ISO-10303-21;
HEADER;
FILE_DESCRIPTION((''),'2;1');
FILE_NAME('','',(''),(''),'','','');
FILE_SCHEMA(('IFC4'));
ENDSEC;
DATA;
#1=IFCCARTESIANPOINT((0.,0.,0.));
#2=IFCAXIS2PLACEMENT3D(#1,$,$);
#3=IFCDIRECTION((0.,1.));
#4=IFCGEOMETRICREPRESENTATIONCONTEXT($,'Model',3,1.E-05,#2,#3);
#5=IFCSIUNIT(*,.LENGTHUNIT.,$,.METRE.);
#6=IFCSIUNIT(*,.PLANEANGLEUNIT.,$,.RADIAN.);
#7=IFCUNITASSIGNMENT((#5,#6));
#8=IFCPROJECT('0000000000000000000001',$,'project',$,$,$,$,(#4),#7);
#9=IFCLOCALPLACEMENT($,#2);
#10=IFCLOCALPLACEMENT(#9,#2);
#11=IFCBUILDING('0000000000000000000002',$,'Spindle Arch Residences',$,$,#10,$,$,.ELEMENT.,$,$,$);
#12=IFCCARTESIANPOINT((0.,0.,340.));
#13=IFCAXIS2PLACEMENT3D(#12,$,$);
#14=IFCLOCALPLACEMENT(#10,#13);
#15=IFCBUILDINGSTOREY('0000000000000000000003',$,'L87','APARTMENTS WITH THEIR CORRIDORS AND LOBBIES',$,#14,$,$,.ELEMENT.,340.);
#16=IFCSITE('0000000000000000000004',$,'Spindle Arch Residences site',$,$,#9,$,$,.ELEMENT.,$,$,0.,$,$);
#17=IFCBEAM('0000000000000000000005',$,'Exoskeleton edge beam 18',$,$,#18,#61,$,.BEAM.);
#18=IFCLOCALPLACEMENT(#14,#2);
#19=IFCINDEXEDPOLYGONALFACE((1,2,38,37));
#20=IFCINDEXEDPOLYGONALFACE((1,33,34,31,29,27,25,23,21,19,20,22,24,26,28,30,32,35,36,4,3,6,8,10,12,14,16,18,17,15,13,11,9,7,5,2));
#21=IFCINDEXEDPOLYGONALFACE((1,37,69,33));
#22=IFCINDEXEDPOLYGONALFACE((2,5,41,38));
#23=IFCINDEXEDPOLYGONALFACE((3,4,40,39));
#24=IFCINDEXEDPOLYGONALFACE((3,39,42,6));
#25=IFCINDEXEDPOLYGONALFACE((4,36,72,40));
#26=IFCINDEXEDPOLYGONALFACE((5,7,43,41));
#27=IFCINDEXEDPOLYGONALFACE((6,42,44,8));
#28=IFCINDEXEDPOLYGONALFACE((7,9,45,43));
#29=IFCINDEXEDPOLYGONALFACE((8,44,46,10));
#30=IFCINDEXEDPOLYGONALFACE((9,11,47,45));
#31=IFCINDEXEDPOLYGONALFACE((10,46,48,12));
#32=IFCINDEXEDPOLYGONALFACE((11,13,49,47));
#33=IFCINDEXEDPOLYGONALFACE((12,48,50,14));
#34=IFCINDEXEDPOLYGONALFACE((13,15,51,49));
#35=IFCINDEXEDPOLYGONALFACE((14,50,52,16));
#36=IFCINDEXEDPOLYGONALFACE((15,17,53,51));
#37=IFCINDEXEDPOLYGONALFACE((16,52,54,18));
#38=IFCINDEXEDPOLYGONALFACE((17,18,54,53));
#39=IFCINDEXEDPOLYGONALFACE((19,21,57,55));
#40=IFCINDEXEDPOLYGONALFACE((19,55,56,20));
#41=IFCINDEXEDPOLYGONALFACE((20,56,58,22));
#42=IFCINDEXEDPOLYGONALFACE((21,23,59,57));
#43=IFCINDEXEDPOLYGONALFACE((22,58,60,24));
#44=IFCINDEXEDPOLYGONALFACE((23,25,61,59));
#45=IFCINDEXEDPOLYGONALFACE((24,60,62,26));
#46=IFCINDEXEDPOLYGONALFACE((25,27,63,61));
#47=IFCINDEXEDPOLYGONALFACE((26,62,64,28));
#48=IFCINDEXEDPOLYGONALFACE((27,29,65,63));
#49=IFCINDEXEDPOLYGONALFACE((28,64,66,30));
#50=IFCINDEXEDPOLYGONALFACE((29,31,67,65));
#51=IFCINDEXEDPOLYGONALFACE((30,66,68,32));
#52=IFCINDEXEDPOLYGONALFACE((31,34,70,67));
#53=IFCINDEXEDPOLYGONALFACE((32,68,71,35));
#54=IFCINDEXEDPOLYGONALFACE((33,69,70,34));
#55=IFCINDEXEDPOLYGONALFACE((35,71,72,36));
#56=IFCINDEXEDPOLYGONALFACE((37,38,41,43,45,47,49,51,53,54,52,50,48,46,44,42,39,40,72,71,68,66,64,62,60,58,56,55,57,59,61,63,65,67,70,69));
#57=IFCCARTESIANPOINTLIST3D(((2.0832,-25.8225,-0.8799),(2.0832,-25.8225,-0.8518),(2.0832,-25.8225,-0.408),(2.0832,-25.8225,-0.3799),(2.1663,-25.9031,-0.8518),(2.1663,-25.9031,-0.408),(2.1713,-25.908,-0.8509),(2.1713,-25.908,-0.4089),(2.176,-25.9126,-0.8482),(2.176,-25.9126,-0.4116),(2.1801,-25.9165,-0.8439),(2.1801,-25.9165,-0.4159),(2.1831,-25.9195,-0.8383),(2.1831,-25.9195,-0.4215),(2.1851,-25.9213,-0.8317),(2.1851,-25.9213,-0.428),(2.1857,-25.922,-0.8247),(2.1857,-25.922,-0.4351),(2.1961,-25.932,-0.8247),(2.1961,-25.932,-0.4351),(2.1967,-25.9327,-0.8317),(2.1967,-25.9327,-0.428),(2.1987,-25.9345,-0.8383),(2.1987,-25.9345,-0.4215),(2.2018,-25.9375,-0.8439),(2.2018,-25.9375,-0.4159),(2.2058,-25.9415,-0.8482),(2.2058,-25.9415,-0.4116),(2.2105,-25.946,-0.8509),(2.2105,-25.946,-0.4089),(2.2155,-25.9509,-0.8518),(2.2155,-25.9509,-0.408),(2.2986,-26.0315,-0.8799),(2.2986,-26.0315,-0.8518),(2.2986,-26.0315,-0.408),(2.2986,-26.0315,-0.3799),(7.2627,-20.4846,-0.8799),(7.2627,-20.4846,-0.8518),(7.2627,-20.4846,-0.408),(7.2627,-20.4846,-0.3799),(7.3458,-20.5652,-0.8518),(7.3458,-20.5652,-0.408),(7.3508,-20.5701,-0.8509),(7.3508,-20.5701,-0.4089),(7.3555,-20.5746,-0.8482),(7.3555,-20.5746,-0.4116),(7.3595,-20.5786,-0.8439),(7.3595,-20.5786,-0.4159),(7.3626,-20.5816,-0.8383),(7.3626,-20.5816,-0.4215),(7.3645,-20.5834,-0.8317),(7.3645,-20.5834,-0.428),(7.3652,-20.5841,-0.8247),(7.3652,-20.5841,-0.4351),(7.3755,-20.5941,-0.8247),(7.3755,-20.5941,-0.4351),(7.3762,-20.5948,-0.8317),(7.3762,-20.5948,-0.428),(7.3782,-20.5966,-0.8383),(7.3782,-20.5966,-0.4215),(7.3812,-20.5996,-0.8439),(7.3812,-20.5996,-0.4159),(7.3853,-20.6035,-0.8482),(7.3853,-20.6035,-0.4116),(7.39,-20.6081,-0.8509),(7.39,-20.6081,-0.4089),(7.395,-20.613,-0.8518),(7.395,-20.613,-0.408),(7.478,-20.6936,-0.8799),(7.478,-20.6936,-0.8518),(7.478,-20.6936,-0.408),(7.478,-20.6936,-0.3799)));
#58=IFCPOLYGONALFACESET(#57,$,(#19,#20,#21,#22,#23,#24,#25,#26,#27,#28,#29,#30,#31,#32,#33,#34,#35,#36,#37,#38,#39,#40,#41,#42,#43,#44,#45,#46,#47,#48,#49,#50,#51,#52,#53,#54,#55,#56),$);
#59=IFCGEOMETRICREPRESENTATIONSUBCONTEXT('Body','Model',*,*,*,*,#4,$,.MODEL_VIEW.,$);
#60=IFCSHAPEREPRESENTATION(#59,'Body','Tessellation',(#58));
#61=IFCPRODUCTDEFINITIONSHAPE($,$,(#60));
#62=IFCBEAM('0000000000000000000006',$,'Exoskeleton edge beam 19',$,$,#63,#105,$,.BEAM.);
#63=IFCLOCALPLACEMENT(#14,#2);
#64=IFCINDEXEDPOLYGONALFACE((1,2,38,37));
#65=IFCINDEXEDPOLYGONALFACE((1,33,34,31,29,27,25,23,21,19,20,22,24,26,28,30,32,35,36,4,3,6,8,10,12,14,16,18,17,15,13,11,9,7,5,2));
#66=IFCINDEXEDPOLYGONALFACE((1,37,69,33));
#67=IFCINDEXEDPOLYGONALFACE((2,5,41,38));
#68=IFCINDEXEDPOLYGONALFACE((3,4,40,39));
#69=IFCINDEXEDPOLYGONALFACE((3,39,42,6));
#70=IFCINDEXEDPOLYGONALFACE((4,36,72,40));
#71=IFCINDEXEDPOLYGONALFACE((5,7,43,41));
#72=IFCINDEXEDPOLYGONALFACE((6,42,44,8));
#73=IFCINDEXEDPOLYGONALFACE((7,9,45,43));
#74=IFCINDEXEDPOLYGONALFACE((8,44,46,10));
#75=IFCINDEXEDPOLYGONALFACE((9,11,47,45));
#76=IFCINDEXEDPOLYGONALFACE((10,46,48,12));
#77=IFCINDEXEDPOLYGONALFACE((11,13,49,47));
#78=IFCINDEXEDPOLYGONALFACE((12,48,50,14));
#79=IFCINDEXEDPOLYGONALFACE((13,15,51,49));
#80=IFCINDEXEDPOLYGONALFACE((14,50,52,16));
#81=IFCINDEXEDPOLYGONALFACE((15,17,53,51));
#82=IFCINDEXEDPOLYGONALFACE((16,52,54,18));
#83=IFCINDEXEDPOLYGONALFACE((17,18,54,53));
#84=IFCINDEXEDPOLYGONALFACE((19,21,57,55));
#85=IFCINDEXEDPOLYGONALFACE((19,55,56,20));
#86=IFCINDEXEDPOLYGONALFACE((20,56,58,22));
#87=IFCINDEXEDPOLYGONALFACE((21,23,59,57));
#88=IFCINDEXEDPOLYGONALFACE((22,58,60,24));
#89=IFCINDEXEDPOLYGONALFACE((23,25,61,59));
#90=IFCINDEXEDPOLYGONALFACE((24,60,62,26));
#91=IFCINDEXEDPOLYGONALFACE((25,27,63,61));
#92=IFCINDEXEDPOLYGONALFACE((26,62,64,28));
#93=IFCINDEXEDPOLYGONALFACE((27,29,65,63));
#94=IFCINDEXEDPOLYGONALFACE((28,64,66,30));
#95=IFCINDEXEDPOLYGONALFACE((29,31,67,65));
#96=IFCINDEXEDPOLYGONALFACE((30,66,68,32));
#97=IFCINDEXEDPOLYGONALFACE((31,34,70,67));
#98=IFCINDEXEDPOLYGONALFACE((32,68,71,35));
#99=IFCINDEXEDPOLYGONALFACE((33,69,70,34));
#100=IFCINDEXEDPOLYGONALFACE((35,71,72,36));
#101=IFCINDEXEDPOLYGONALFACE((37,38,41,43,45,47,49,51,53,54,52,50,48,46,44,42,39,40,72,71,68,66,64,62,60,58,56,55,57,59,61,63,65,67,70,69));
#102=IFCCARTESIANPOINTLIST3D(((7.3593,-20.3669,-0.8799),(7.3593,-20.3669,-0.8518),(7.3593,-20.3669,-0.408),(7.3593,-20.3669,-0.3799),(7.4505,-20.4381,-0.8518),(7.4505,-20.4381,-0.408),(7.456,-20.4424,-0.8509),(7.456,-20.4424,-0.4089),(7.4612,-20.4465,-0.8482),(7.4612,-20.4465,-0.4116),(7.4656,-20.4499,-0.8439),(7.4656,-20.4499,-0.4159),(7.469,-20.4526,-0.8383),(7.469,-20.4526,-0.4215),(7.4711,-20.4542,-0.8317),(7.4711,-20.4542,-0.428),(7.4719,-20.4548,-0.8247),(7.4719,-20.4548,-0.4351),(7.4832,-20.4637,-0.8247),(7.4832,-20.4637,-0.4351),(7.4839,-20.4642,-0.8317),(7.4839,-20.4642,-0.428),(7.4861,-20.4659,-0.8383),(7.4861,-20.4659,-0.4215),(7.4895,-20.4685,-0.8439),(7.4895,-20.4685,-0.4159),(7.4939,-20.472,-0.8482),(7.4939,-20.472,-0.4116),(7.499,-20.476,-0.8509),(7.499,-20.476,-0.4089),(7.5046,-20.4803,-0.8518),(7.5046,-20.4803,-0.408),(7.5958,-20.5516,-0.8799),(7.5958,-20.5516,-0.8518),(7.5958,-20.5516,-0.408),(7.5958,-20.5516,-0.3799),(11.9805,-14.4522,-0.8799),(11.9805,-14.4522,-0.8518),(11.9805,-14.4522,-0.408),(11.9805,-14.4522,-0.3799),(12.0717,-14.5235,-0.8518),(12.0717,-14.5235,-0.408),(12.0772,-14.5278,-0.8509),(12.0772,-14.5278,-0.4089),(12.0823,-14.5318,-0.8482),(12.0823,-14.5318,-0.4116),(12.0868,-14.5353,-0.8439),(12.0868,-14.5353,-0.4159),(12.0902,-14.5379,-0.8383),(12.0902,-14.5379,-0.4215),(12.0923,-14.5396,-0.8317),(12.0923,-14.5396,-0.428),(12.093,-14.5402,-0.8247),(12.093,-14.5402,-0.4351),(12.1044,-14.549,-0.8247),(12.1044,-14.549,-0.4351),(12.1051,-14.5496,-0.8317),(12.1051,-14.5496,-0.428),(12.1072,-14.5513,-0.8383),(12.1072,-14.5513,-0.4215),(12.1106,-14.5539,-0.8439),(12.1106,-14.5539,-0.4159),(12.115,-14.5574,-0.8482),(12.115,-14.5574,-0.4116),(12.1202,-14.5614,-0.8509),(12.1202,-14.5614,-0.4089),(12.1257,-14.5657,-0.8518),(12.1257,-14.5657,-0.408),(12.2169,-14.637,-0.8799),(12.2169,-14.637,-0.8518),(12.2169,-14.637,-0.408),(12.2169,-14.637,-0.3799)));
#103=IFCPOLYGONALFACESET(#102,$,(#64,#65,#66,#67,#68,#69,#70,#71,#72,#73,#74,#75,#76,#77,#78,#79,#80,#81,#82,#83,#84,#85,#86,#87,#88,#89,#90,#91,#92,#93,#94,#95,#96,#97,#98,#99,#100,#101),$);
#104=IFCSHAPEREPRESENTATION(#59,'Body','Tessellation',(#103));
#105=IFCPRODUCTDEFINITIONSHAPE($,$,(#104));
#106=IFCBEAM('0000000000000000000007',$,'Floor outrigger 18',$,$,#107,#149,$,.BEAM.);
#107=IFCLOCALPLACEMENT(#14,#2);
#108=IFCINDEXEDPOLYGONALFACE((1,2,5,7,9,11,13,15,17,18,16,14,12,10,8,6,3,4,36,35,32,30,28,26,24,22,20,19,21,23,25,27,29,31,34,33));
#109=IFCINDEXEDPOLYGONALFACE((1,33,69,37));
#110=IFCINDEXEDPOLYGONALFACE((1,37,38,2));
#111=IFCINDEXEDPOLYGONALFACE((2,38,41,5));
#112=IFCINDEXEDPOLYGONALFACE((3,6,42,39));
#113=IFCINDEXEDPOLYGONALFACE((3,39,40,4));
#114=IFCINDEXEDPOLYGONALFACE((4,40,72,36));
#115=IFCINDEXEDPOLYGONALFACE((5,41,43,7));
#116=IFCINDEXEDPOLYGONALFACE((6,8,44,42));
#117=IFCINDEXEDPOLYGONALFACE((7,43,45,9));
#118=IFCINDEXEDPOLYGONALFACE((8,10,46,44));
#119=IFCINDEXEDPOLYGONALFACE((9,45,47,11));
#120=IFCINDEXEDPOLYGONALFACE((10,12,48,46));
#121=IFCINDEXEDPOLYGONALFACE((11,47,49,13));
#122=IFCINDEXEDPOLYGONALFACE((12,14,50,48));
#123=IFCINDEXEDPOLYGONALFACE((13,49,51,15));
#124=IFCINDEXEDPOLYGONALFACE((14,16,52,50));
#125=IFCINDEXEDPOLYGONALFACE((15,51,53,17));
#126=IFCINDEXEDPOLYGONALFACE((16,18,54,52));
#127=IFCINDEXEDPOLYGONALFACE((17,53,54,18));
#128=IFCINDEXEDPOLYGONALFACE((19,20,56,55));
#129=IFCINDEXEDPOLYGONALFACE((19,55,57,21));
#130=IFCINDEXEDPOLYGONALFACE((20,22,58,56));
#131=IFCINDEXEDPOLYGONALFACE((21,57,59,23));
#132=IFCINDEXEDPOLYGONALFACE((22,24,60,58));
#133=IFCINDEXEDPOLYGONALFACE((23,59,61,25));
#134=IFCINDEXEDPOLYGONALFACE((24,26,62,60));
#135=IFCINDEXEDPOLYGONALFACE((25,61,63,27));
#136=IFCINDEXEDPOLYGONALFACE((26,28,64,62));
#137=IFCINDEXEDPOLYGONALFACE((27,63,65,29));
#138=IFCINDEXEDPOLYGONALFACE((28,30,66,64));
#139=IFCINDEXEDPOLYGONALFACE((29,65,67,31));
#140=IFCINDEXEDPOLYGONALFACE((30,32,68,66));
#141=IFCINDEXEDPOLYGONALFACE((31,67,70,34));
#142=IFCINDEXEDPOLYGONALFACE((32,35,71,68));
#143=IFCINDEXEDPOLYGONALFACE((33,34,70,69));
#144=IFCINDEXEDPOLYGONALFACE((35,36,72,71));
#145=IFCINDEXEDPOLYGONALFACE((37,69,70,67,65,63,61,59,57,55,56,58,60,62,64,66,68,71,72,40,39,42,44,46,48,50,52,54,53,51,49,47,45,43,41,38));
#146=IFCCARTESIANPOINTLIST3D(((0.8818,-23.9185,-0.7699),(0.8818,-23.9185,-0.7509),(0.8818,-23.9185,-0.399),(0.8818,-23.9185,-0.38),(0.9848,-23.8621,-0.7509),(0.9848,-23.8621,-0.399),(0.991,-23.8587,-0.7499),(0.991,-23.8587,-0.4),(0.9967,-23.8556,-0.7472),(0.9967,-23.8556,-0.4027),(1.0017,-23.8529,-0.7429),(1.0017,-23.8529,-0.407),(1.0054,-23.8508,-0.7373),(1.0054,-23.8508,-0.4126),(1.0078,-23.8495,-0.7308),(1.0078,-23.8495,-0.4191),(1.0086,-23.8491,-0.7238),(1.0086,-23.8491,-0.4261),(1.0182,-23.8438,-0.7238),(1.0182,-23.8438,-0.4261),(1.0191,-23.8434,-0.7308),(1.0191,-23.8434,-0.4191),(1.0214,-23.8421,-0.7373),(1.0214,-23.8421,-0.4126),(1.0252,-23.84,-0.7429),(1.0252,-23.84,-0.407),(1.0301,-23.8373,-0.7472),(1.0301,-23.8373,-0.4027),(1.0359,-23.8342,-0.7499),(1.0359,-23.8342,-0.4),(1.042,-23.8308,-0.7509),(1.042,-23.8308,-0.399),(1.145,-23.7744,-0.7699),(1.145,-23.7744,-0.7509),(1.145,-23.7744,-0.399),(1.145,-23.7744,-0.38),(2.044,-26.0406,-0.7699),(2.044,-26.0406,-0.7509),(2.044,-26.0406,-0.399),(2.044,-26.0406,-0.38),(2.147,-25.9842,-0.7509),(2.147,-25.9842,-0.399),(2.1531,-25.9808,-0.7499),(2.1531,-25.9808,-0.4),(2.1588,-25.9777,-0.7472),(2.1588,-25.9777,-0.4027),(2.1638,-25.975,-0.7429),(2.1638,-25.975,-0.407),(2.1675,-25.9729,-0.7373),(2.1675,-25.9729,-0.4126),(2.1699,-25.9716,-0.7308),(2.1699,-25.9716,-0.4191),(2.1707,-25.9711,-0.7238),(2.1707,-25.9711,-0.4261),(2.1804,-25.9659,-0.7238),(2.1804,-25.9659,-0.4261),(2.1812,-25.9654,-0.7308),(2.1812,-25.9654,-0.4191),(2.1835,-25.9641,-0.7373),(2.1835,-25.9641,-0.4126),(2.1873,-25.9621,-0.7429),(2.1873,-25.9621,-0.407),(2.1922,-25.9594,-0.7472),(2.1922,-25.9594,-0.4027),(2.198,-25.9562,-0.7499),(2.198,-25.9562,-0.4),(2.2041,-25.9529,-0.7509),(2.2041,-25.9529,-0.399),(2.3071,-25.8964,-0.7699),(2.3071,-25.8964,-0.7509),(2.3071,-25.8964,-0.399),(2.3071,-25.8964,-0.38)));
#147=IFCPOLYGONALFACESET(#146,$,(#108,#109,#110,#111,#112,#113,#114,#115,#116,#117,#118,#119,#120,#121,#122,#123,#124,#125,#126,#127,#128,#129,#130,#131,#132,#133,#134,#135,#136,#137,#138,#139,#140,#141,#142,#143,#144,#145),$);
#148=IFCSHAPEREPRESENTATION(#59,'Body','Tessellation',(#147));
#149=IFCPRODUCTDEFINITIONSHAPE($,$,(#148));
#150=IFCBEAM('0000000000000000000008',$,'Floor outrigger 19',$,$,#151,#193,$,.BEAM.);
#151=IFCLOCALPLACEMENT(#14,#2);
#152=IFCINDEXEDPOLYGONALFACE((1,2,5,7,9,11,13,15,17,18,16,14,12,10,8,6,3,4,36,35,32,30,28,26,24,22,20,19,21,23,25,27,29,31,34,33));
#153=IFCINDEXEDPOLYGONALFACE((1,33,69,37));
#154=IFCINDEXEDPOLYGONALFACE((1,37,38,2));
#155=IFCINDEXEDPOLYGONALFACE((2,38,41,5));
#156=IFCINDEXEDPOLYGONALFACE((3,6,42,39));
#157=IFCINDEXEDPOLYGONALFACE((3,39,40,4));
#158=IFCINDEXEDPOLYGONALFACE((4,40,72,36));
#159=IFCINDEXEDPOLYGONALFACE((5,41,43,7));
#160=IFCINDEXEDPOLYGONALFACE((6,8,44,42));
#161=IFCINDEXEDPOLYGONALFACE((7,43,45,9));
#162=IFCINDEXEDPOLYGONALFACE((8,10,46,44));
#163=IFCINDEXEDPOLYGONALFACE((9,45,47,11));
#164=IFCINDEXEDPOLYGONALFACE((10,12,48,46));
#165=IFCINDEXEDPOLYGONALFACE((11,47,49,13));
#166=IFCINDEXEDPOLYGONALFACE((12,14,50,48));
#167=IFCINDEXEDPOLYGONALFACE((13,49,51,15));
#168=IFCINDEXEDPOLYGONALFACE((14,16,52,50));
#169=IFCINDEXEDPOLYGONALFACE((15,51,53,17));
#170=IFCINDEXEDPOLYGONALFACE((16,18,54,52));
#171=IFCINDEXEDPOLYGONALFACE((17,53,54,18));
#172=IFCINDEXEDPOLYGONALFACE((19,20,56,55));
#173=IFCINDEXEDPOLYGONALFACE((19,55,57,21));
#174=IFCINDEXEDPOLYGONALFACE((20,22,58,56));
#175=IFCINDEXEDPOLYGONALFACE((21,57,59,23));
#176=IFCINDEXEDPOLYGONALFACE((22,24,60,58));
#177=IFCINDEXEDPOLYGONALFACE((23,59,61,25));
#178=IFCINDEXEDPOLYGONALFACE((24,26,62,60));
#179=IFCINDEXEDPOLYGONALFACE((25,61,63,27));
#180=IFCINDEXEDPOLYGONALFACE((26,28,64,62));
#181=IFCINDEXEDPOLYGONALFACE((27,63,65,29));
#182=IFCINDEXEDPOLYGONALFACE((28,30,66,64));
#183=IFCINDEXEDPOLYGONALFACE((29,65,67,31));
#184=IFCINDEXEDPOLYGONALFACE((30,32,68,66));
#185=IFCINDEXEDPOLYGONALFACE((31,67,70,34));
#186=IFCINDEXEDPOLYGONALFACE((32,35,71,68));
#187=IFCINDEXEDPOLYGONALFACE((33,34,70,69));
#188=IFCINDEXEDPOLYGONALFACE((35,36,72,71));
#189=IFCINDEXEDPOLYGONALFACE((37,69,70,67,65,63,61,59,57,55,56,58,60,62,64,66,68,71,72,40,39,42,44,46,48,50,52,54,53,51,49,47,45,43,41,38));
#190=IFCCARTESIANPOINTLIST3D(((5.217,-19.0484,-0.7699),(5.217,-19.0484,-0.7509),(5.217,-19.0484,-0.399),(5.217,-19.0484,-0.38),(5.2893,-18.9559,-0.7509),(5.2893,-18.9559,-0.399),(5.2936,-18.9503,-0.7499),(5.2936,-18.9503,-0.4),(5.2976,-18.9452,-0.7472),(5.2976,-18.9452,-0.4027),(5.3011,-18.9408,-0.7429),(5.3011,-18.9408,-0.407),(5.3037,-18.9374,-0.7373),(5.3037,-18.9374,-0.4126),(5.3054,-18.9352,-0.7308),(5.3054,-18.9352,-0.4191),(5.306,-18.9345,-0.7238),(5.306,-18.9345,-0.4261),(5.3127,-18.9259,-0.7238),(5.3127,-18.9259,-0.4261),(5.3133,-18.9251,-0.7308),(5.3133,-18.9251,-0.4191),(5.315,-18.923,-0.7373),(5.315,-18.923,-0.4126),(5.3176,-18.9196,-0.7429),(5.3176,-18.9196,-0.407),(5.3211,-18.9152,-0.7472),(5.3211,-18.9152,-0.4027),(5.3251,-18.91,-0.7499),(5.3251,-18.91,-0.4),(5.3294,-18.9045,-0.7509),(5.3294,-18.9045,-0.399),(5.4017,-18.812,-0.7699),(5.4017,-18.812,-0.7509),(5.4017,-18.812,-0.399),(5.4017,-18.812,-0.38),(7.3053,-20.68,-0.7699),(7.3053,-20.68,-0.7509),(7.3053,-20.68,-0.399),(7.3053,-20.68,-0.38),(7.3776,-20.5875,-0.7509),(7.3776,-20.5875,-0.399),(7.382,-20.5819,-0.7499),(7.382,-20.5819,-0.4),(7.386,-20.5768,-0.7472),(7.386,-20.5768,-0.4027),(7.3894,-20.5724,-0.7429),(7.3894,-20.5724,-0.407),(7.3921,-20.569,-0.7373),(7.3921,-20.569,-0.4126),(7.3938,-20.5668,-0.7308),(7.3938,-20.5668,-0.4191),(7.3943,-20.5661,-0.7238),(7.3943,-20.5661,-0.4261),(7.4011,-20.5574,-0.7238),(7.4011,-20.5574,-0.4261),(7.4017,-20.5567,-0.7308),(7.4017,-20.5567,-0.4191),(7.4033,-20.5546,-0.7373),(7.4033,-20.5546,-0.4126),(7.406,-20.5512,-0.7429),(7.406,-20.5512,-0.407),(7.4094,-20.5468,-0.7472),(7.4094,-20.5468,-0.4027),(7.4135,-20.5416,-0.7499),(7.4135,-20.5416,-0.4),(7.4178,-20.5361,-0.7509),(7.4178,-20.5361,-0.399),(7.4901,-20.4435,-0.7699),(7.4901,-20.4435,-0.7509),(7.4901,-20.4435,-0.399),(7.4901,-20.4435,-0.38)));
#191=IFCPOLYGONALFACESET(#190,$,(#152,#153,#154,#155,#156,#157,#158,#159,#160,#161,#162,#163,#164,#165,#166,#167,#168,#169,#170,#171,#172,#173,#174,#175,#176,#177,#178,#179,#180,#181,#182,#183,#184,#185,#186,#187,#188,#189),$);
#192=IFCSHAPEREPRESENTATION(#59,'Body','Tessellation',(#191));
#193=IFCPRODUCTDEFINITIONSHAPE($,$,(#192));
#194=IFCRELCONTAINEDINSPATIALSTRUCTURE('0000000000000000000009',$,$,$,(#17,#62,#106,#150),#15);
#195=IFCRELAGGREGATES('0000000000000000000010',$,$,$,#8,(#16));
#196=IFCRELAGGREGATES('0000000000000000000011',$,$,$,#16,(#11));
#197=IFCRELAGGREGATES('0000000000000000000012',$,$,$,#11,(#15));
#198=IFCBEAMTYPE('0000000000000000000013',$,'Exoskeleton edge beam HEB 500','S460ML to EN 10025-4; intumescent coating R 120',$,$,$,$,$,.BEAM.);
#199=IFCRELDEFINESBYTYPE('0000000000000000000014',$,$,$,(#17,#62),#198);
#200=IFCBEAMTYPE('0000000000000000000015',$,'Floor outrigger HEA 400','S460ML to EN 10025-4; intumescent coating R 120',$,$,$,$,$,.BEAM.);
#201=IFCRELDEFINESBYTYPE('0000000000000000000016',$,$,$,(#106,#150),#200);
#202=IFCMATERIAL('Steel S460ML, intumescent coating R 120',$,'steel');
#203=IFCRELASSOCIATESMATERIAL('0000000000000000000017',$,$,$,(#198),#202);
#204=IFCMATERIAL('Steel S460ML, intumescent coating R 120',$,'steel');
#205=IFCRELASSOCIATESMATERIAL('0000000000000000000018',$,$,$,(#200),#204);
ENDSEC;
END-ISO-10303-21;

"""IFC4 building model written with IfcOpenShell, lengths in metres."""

from ifc_helpers import new_model, si_unit, direction, frame, origin, origin_2d, place, context, subcontext, project, spatial, i_section, extrude, material, material_profile, profile_set, type_object, element, save


model = new_model("IFC4")

# Units and contexts
model_context = context("Model", 3, precision=1e-05, world=origin(), true_north=direction((0.0, 1.0)))
body_context = subcontext(model_context, "Body", "Model", "MODEL_VIEW")
ifc_project = project(units=[si_unit("LENGTHUNIT", "METRE"), si_unit("PLANEANGLEUNIT", "RADIAN")], contexts=[model_context])

# Site, building, storey
site_placement = place(None, origin())
site = spatial("IfcSite", under=ifc_project, at=site_placement, Name="Spindle Arch Residences site", CompositionType="ELEMENT", RefElevation=0.0)
building_placement = place(site_placement, origin())
building = spatial("IfcBuilding", under=site, at=building_placement, Name="Spindle Arch Residences", CompositionType="ELEMENT")
storey_placement = place(building_placement, frame((0.0, 0.0, 340.0)))
storey = spatial("IfcBuildingStorey", under=building, at=storey_placement, Name="L87", Description="APARTMENTS WITH THEIR CORRIDORS AND LOBBIES", CompositionType="ELEMENT", Elevation=340.0)

# Beams
ifc_material_1 = material(Name="Steel S460ML, intumescent coating R 120", Category="steel")
ifc_material_profile_1 = material_profile(ifc_material_1, i_section(OverallWidth=0.3, OverallDepth=0.5, WebThickness=0.0144, FlangeThickness=0.0281, FilletRadius=0.0271, at=origin_2d()), Name="HEB 500")
ifc_profile_set_1 = profile_set([ifc_material_profile_1], Name="Steel S460ML, intumescent coating R 120")
beam_type_1 = type_object("IfcBeamType", Name="Exoskeleton edge beam HEB 500", Description="S460ML to EN 10025-4; intumescent coating R 120", PredefinedType="BEAM", material=ifc_profile_set_1)
beam_1_placement = place(storey_placement, frame((2.1909, -25.927, -0.6299), z_axis=(0.696375, 0.717678, 0.0), x_axis=(-0.717678, 0.696375, 0.0)))
element("IfcBeam", 1, at=beam_1_placement, inside=storey, type_object=beam_type_1, Name="Exoskeleton edge beam 18", PredefinedType="BEAM", context=body_context, shape_type="SweptSolid", body=[
    extrude(i_section(OverallWidth=0.3, OverallDepth=0.5, WebThickness=0.0144, FlangeThickness=0.0281, FilletRadius=0.0271, at=origin_2d()), origin(), (0.0, 0.0, 1.0), 7.4377),
])
beam_2_placement = place(storey_placement, frame((7.4775, -20.4592, -0.6299), z_axis=(0.615673, 0.788002, 0.0), x_axis=(-0.788002, 0.615673, 0.0)))
element("IfcBeam", 2, at=beam_2_placement, inside=storey, type_object=beam_type_1, Name="Exoskeleton edge beam 19", PredefinedType="BEAM", context=body_context, shape_type="SweptSolid", body=[
    extrude(i_section(OverallWidth=0.3, OverallDepth=0.5, WebThickness=0.0144, FlangeThickness=0.0281, FilletRadius=0.0271, at=origin_2d()), origin(), (0.0, 0.0, 1.0), 7.5059),
])
ifc_material_2 = material(Name="Steel S460ML, intumescent coating R 120", Category="steel")
ifc_material_profile_2 = material_profile(ifc_material_2, i_section(OverallWidth=0.3, OverallDepth=0.3899, WebThickness=0.011, FlangeThickness=0.019, FilletRadius=0.0271, at=origin_2d()), Name="HEA 400")
ifc_profile_set_2 = profile_set([ifc_material_profile_2], Name="Steel S460ML, intumescent coating R 120")
beam_type_2 = type_object("IfcBeamType", Name="Floor outrigger HEA 400", Description="S460ML to EN 10025-4; intumescent coating R 120", PredefinedType="BEAM", material=ifc_profile_set_2)
beam_3_placement = place(storey_placement, frame((2.1755, -25.9685, -0.575), z_axis=(-0.480322, 0.877092, 0.0), x_axis=(-0.877092, -0.480322, 0.0)))
element("IfcBeam", 3, at=beam_3_placement, inside=storey, type_object=beam_type_2, Name="Floor outrigger 18", PredefinedType="BEAM", context=body_context, shape_type="SweptSolid", body=[
    extrude(i_section(OverallWidth=0.3, OverallDepth=0.3899, WebThickness=0.011, FlangeThickness=0.019, FilletRadius=0.0271, at=origin_2d()), origin(), (0.0, 0.0, 1.0), 2.4194),
])
beam_4_placement = place(storey_placement, frame((7.3977, -20.5618, -0.575), z_axis=(-0.788016, 0.615655, 0.0), x_axis=(-0.615655, -0.788016, 0.0)))
element("IfcBeam", 4, at=beam_4_placement, inside=storey, type_object=beam_type_2, Name="Floor outrigger 19", PredefinedType="BEAM", context=body_context, shape_type="SweptSolid", body=[
    extrude(i_section(OverallWidth=0.3, OverallDepth=0.3899, WebThickness=0.011, FlangeThickness=0.019, FilletRadius=0.0271, at=origin_2d()), origin(), (0.0, 0.0, 1.0), 2.6501),
])

save(model, "model.ifc")
